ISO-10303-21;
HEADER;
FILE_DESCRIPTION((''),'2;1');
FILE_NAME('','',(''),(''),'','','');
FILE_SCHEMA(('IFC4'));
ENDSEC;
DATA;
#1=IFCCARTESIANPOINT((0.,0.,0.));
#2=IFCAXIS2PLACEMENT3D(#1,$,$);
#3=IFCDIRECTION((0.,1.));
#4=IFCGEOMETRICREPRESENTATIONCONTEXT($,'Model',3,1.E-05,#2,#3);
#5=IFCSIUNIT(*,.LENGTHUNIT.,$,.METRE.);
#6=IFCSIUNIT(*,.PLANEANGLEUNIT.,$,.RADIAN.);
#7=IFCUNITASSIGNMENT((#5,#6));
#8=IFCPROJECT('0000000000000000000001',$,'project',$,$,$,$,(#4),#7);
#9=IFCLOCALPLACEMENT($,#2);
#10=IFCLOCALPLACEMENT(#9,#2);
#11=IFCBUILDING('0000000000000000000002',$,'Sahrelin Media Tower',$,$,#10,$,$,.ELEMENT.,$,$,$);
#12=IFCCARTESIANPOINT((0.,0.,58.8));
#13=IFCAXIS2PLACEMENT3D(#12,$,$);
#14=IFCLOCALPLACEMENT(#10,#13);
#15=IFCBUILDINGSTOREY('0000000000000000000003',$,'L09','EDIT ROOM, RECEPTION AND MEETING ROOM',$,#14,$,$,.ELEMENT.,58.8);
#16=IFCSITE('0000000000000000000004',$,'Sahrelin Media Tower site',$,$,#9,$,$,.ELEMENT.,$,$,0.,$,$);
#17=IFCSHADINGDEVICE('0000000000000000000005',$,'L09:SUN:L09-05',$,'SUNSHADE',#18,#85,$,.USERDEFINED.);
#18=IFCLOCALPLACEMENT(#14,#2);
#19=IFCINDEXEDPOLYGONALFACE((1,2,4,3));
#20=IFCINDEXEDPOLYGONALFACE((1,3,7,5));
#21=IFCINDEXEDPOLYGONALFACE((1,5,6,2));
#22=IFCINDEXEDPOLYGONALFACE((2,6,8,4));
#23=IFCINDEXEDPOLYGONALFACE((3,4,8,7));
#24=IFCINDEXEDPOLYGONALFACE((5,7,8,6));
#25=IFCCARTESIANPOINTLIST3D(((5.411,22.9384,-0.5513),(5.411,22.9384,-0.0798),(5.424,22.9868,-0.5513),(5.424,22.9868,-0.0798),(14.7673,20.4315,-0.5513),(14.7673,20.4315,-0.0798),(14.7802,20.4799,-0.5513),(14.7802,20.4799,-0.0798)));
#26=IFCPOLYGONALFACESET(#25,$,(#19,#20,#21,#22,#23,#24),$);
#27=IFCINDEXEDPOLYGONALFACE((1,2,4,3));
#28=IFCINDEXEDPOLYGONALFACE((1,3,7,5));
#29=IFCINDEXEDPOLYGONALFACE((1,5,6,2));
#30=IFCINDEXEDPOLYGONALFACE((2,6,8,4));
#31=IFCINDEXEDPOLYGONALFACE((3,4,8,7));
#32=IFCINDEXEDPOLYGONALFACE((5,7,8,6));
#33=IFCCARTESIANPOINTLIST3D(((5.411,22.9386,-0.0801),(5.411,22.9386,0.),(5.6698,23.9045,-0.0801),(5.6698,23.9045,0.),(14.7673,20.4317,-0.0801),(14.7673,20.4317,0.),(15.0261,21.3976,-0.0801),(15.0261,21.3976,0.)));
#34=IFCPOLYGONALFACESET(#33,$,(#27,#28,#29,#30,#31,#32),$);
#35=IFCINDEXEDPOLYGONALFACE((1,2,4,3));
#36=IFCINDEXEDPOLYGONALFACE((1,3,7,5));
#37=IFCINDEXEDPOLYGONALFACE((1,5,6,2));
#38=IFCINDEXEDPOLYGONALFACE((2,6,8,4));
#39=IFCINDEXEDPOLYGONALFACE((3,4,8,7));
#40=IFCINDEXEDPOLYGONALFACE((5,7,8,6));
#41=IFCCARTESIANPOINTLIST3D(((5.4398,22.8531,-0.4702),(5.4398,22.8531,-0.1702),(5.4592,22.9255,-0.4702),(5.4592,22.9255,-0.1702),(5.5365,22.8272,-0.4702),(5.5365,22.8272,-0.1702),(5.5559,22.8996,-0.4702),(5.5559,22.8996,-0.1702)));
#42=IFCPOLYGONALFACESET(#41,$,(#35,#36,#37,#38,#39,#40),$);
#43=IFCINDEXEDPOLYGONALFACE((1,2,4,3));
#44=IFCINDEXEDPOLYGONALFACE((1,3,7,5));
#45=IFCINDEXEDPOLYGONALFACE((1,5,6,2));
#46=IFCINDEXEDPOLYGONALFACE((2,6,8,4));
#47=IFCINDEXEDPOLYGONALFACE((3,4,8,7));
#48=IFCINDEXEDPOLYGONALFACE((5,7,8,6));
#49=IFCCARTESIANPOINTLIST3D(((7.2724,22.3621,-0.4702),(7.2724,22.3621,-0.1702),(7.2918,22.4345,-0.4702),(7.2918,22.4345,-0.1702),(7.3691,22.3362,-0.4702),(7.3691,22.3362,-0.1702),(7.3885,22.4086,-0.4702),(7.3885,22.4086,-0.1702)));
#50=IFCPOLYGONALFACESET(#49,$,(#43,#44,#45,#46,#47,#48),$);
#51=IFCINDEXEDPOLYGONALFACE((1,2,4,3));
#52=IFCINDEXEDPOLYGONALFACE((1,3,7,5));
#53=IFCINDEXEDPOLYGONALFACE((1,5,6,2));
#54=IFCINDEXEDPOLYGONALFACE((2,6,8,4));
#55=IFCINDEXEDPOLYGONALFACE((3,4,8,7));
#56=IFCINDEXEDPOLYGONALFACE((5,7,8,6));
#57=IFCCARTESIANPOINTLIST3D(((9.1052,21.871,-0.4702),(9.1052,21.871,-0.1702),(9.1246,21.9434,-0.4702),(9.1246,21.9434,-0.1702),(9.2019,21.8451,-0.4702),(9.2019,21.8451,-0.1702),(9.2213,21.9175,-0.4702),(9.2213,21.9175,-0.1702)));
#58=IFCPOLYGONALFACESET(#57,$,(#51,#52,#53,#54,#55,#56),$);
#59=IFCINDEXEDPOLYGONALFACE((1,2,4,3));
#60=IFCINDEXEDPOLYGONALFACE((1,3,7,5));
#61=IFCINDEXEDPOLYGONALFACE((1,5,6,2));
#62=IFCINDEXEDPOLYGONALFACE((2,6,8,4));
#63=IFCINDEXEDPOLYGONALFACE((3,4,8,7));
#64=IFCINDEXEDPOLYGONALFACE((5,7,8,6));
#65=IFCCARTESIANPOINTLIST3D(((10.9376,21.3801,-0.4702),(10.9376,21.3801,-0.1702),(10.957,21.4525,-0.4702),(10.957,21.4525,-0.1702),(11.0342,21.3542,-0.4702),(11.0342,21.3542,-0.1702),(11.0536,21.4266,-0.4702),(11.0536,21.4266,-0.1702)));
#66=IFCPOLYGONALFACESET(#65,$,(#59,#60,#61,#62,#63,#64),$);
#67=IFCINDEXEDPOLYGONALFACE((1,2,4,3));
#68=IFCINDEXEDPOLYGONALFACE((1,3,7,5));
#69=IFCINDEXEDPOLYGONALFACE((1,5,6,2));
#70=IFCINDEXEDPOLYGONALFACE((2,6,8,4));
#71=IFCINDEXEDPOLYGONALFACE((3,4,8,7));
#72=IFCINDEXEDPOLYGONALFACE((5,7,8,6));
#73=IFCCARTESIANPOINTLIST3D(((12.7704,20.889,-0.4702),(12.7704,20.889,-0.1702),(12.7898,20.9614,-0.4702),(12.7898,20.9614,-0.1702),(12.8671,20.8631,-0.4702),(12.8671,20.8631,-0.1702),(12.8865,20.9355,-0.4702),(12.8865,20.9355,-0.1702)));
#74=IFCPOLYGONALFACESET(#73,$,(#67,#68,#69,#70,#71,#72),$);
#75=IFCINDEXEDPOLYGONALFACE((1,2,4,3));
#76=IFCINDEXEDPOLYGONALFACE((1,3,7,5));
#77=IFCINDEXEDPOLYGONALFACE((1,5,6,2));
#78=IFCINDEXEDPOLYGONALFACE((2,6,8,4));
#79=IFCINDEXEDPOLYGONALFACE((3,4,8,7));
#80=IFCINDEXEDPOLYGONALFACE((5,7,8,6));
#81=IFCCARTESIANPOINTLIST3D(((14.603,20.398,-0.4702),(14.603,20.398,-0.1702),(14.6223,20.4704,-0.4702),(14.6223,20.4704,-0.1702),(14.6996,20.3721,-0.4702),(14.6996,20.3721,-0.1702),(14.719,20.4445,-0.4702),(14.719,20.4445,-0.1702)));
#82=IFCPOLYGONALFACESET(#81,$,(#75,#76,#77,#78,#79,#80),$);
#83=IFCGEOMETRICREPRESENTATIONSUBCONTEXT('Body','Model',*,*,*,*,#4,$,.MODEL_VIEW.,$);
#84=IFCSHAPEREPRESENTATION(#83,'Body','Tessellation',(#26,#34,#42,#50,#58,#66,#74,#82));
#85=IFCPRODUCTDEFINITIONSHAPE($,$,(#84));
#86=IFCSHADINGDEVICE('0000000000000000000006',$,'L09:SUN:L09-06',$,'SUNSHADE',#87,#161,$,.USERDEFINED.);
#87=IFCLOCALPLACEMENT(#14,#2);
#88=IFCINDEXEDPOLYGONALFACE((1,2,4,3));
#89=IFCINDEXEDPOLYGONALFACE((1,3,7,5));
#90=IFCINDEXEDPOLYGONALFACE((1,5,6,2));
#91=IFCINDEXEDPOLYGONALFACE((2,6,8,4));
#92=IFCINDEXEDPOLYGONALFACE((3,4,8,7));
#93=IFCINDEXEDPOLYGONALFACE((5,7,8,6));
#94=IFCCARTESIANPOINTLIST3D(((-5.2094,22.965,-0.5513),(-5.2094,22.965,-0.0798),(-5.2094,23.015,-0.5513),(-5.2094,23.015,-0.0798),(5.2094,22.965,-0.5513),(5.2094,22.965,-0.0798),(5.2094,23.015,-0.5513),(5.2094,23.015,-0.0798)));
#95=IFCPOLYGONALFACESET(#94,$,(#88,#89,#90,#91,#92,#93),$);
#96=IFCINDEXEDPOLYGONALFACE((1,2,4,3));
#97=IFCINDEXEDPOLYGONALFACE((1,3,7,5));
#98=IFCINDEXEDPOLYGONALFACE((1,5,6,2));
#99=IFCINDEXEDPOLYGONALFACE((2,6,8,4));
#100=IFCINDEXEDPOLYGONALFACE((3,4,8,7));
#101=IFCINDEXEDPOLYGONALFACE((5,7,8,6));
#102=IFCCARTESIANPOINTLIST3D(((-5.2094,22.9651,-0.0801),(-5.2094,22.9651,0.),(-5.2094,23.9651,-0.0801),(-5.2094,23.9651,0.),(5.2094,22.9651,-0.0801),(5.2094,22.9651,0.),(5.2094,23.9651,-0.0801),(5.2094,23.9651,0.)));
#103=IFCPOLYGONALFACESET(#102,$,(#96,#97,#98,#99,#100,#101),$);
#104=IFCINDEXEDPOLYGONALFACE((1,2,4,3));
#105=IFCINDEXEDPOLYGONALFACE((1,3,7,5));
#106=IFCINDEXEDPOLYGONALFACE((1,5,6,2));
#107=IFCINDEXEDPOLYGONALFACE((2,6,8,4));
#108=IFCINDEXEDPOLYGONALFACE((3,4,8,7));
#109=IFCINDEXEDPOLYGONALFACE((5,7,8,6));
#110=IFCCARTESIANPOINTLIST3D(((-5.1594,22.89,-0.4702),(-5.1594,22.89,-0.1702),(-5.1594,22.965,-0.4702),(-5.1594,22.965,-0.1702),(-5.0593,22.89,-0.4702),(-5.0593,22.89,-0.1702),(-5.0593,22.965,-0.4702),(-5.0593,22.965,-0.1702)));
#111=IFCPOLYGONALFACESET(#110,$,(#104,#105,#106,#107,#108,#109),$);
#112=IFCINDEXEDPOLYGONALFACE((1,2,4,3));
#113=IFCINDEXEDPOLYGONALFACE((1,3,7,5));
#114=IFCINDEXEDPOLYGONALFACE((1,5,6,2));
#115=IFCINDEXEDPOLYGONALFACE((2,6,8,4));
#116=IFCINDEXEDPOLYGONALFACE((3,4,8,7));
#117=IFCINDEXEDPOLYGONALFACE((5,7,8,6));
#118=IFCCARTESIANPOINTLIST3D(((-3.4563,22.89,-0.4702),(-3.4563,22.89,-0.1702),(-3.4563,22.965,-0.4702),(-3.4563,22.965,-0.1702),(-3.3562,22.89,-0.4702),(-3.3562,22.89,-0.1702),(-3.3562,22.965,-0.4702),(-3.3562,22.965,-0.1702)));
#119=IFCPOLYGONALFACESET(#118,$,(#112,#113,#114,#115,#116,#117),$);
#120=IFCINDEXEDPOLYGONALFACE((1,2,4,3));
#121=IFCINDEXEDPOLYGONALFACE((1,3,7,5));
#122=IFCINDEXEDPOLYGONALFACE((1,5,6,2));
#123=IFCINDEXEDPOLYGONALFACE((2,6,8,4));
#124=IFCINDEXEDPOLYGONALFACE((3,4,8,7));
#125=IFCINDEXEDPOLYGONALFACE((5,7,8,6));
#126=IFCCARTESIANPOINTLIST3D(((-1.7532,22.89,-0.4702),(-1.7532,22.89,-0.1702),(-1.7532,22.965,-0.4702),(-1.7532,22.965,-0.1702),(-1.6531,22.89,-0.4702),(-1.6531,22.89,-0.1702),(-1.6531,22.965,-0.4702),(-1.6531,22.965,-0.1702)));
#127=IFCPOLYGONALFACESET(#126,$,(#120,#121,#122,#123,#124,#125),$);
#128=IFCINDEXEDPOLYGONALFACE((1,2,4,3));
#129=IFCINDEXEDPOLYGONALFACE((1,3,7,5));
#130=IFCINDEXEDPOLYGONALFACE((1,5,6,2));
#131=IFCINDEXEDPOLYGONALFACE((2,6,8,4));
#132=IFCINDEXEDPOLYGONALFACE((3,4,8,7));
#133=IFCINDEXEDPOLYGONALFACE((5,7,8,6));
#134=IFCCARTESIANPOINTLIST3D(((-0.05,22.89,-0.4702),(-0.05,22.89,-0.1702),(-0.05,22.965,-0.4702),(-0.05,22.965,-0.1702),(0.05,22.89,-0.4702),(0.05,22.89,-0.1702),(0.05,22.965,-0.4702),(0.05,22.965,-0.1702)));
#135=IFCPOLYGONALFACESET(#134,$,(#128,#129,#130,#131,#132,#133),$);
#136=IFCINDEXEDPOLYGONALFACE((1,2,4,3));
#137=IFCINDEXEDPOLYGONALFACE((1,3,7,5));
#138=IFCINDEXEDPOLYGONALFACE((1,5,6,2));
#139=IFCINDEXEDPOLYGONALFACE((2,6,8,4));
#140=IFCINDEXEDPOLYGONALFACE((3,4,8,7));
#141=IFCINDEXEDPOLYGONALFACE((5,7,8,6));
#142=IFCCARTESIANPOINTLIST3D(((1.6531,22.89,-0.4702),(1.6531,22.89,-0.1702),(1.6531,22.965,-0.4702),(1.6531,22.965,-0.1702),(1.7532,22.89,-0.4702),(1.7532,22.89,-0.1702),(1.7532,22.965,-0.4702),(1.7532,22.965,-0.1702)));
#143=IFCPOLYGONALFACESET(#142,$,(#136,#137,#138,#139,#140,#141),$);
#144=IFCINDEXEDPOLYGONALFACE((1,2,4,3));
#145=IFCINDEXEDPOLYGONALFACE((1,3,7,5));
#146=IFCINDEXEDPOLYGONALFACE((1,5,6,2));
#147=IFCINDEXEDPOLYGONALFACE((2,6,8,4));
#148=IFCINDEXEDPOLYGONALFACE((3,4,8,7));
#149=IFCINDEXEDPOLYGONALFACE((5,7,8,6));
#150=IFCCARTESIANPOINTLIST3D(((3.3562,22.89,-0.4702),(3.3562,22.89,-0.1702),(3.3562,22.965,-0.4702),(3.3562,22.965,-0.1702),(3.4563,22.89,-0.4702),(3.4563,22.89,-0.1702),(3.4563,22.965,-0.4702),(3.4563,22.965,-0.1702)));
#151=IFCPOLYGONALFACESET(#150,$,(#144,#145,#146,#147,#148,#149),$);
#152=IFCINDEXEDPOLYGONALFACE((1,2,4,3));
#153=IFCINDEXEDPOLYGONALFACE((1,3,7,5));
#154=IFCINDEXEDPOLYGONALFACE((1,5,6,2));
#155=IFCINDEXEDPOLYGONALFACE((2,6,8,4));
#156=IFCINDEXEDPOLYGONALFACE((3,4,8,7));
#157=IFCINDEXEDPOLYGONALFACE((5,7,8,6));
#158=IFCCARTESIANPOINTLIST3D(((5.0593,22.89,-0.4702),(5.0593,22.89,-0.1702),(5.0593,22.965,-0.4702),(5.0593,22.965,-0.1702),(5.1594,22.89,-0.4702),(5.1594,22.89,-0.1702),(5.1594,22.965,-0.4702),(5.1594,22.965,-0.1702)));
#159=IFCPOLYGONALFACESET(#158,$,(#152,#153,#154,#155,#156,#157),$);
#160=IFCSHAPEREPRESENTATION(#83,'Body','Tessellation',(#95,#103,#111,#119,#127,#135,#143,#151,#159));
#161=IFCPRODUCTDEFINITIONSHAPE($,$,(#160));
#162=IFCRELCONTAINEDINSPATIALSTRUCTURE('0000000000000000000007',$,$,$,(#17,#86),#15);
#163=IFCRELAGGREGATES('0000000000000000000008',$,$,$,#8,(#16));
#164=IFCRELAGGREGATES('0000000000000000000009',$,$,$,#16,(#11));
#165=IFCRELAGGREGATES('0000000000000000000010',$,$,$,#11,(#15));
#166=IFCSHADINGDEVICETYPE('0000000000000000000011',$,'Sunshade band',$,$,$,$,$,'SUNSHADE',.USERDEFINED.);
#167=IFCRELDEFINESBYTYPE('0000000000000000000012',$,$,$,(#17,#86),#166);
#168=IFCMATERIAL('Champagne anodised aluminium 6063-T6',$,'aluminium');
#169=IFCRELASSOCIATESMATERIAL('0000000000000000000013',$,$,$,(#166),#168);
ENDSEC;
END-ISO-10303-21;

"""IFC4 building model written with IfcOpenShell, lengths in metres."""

from ifc_helpers import new_model, si_unit, direction, frame, origin, origin_2d, place, context, subcontext, project, spatial, rectangle, extrude, material, type_object, element, save


model = new_model("IFC4")

# Units and contexts
model_context = context("Model", 3, precision=1e-05, world=origin(), true_north=direction((0.0, 1.0)))
body_context = subcontext(model_context, "Body", "Model", "MODEL_VIEW")
ifc_project = project(units=[si_unit("LENGTHUNIT", "METRE"), si_unit("PLANEANGLEUNIT", "RADIAN")], contexts=[model_context])

# Site, building, storey
site_placement = place(None, origin())
site = spatial("IfcSite", under=ifc_project, at=site_placement, Name="Sahrelin Media Tower site", CompositionType="ELEMENT", RefElevation=0.0)
building_placement = place(site_placement, origin())
building = spatial("IfcBuilding", under=site, at=building_placement, Name="Sahrelin Media Tower", CompositionType="ELEMENT")
storey_placement = place(building_placement, frame((0.0, 0.0, 58.8)))
storey = spatial("IfcBuildingStorey", under=building, at=storey_placement, Name="L09", Description="EDIT ROOM, RECEPTION AND MEETING ROOM", CompositionType="ELEMENT", Elevation=58.8)

# Shared definitions
ifc_material_1 = material(Name="Champagne anodised aluminium 6063-T6", Category="aluminium")
placement_1 = place(storey_placement, frame((0.0, 22.9451, 0.0), z_axis=(0.0, 0.0, 1.0), x_axis=(1.0, 0.0, 0.0)))

# Shading devices
placement_2 = place(storey_placement, frame((10.084, 21.6658, 0.0), z_axis=(0.0, 0.0, 1.0), x_axis=(0.965929, -0.258808, 0.0)))
shading_device_type_1 = type_object("IfcShadingDeviceType", Name="Sunshade band", ElementType="SUNSHADE", PredefinedType="USERDEFINED", material=ifc_material_1)
element("IfcShadingDevice", 1, at=placement_2, inside=storey, type_object=shading_device_type_1, Name="L09:SUN:L09-05", ObjectType="SUNSHADE", PredefinedType="USERDEFINED", context=body_context, shape_type="SweptSolid", body=[
    extrude(rectangle(XDim=9.6863, YDim=0.05, at=origin_2d()), frame((0.0, 0.0449, -0.5513)), (0.0, 0.0, 1.0), 0.4714),
    extrude(rectangle(XDim=9.6863, YDim=1.0, at=origin_2d()), frame((0.0, 0.52, -0.0801)), (0.0, 0.0, 1.0), 0.0801),
    extrude(rectangle(XDim=0.1001, YDim=0.075, at=origin_2d()), frame((-4.7432, -0.0176, -0.4702)), (0.0, 0.0, 1.0), 0.3),
    extrude(rectangle(XDim=0.1001, YDim=0.075, at=origin_2d()), frame((-2.8459, -0.0176, -0.4702)), (0.0, 0.0, 1.0), 0.3),
    extrude(rectangle(XDim=0.1001, YDim=0.075, at=origin_2d()), frame((-0.9485, -0.0176, -0.4702)), (0.0, 0.0, 1.0), 0.3),
    extrude(rectangle(XDim=0.1001, YDim=0.075, at=origin_2d()), frame((0.9485, -0.0176, -0.4702)), (0.0, 0.0, 1.0), 0.3),
    extrude(rectangle(XDim=0.1001, YDim=0.075, at=origin_2d()), frame((2.8459, -0.0176, -0.4702)), (0.0, 0.0, 1.0), 0.3),
    extrude(rectangle(XDim=0.1001, YDim=0.075, at=origin_2d()), frame((4.7432, -0.0176, -0.4702)), (0.0, 0.0, 1.0), 0.3),
])
element("IfcShadingDevice", 2, at=placement_1, inside=storey, type_object=shading_device_type_1, Name="L09:SUN:L09-06", ObjectType="SUNSHADE", PredefinedType="USERDEFINED", context=body_context, shape_type="SweptSolid", body=[
    extrude(rectangle(XDim=10.4187, YDim=0.05, at=origin_2d()), frame((0.0, 0.0449, -0.5513)), (0.0, 0.0, 1.0), 0.4714),
    extrude(rectangle(XDim=10.4187, YDim=1.0, at=origin_2d()), frame((0.0, 0.52, -0.0801)), (0.0, 0.0, 1.0), 0.0801),
    extrude(rectangle(XDim=0.1001, YDim=0.075, at=origin_2d()), frame((-5.1094, -0.0176, -0.4702)), (0.0, 0.0, 1.0), 0.3),
    extrude(rectangle(XDim=0.1001, YDim=0.075, at=origin_2d()), frame((-3.4062, -0.0176, -0.4702)), (0.0, 0.0, 1.0), 0.3),
    extrude(rectangle(XDim=0.1001, YDim=0.075, at=origin_2d()), frame((-1.7031, -0.0176, -0.4702)), (0.0, 0.0, 1.0), 0.3),
    extrude(rectangle(XDim=0.1001, YDim=0.075, at=origin_2d()), frame((0.0, -0.0176, -0.4702)), (0.0, 0.0, 1.0), 0.3),
    extrude(rectangle(XDim=0.1001, YDim=0.075, at=origin_2d()), frame((1.7031, -0.0176, -0.4702)), (0.0, 0.0, 1.0), 0.3),
    extrude(rectangle(XDim=0.1001, YDim=0.075, at=origin_2d()), frame((3.4062, -0.0176, -0.4702)), (0.0, 0.0, 1.0), 0.3),
    extrude(rectangle(XDim=0.1001, YDim=0.075, at=origin_2d()), frame((5.1094, -0.0176, -0.4702)), (0.0, 0.0, 1.0), 0.3),
])

save(model, "model.ifc")
